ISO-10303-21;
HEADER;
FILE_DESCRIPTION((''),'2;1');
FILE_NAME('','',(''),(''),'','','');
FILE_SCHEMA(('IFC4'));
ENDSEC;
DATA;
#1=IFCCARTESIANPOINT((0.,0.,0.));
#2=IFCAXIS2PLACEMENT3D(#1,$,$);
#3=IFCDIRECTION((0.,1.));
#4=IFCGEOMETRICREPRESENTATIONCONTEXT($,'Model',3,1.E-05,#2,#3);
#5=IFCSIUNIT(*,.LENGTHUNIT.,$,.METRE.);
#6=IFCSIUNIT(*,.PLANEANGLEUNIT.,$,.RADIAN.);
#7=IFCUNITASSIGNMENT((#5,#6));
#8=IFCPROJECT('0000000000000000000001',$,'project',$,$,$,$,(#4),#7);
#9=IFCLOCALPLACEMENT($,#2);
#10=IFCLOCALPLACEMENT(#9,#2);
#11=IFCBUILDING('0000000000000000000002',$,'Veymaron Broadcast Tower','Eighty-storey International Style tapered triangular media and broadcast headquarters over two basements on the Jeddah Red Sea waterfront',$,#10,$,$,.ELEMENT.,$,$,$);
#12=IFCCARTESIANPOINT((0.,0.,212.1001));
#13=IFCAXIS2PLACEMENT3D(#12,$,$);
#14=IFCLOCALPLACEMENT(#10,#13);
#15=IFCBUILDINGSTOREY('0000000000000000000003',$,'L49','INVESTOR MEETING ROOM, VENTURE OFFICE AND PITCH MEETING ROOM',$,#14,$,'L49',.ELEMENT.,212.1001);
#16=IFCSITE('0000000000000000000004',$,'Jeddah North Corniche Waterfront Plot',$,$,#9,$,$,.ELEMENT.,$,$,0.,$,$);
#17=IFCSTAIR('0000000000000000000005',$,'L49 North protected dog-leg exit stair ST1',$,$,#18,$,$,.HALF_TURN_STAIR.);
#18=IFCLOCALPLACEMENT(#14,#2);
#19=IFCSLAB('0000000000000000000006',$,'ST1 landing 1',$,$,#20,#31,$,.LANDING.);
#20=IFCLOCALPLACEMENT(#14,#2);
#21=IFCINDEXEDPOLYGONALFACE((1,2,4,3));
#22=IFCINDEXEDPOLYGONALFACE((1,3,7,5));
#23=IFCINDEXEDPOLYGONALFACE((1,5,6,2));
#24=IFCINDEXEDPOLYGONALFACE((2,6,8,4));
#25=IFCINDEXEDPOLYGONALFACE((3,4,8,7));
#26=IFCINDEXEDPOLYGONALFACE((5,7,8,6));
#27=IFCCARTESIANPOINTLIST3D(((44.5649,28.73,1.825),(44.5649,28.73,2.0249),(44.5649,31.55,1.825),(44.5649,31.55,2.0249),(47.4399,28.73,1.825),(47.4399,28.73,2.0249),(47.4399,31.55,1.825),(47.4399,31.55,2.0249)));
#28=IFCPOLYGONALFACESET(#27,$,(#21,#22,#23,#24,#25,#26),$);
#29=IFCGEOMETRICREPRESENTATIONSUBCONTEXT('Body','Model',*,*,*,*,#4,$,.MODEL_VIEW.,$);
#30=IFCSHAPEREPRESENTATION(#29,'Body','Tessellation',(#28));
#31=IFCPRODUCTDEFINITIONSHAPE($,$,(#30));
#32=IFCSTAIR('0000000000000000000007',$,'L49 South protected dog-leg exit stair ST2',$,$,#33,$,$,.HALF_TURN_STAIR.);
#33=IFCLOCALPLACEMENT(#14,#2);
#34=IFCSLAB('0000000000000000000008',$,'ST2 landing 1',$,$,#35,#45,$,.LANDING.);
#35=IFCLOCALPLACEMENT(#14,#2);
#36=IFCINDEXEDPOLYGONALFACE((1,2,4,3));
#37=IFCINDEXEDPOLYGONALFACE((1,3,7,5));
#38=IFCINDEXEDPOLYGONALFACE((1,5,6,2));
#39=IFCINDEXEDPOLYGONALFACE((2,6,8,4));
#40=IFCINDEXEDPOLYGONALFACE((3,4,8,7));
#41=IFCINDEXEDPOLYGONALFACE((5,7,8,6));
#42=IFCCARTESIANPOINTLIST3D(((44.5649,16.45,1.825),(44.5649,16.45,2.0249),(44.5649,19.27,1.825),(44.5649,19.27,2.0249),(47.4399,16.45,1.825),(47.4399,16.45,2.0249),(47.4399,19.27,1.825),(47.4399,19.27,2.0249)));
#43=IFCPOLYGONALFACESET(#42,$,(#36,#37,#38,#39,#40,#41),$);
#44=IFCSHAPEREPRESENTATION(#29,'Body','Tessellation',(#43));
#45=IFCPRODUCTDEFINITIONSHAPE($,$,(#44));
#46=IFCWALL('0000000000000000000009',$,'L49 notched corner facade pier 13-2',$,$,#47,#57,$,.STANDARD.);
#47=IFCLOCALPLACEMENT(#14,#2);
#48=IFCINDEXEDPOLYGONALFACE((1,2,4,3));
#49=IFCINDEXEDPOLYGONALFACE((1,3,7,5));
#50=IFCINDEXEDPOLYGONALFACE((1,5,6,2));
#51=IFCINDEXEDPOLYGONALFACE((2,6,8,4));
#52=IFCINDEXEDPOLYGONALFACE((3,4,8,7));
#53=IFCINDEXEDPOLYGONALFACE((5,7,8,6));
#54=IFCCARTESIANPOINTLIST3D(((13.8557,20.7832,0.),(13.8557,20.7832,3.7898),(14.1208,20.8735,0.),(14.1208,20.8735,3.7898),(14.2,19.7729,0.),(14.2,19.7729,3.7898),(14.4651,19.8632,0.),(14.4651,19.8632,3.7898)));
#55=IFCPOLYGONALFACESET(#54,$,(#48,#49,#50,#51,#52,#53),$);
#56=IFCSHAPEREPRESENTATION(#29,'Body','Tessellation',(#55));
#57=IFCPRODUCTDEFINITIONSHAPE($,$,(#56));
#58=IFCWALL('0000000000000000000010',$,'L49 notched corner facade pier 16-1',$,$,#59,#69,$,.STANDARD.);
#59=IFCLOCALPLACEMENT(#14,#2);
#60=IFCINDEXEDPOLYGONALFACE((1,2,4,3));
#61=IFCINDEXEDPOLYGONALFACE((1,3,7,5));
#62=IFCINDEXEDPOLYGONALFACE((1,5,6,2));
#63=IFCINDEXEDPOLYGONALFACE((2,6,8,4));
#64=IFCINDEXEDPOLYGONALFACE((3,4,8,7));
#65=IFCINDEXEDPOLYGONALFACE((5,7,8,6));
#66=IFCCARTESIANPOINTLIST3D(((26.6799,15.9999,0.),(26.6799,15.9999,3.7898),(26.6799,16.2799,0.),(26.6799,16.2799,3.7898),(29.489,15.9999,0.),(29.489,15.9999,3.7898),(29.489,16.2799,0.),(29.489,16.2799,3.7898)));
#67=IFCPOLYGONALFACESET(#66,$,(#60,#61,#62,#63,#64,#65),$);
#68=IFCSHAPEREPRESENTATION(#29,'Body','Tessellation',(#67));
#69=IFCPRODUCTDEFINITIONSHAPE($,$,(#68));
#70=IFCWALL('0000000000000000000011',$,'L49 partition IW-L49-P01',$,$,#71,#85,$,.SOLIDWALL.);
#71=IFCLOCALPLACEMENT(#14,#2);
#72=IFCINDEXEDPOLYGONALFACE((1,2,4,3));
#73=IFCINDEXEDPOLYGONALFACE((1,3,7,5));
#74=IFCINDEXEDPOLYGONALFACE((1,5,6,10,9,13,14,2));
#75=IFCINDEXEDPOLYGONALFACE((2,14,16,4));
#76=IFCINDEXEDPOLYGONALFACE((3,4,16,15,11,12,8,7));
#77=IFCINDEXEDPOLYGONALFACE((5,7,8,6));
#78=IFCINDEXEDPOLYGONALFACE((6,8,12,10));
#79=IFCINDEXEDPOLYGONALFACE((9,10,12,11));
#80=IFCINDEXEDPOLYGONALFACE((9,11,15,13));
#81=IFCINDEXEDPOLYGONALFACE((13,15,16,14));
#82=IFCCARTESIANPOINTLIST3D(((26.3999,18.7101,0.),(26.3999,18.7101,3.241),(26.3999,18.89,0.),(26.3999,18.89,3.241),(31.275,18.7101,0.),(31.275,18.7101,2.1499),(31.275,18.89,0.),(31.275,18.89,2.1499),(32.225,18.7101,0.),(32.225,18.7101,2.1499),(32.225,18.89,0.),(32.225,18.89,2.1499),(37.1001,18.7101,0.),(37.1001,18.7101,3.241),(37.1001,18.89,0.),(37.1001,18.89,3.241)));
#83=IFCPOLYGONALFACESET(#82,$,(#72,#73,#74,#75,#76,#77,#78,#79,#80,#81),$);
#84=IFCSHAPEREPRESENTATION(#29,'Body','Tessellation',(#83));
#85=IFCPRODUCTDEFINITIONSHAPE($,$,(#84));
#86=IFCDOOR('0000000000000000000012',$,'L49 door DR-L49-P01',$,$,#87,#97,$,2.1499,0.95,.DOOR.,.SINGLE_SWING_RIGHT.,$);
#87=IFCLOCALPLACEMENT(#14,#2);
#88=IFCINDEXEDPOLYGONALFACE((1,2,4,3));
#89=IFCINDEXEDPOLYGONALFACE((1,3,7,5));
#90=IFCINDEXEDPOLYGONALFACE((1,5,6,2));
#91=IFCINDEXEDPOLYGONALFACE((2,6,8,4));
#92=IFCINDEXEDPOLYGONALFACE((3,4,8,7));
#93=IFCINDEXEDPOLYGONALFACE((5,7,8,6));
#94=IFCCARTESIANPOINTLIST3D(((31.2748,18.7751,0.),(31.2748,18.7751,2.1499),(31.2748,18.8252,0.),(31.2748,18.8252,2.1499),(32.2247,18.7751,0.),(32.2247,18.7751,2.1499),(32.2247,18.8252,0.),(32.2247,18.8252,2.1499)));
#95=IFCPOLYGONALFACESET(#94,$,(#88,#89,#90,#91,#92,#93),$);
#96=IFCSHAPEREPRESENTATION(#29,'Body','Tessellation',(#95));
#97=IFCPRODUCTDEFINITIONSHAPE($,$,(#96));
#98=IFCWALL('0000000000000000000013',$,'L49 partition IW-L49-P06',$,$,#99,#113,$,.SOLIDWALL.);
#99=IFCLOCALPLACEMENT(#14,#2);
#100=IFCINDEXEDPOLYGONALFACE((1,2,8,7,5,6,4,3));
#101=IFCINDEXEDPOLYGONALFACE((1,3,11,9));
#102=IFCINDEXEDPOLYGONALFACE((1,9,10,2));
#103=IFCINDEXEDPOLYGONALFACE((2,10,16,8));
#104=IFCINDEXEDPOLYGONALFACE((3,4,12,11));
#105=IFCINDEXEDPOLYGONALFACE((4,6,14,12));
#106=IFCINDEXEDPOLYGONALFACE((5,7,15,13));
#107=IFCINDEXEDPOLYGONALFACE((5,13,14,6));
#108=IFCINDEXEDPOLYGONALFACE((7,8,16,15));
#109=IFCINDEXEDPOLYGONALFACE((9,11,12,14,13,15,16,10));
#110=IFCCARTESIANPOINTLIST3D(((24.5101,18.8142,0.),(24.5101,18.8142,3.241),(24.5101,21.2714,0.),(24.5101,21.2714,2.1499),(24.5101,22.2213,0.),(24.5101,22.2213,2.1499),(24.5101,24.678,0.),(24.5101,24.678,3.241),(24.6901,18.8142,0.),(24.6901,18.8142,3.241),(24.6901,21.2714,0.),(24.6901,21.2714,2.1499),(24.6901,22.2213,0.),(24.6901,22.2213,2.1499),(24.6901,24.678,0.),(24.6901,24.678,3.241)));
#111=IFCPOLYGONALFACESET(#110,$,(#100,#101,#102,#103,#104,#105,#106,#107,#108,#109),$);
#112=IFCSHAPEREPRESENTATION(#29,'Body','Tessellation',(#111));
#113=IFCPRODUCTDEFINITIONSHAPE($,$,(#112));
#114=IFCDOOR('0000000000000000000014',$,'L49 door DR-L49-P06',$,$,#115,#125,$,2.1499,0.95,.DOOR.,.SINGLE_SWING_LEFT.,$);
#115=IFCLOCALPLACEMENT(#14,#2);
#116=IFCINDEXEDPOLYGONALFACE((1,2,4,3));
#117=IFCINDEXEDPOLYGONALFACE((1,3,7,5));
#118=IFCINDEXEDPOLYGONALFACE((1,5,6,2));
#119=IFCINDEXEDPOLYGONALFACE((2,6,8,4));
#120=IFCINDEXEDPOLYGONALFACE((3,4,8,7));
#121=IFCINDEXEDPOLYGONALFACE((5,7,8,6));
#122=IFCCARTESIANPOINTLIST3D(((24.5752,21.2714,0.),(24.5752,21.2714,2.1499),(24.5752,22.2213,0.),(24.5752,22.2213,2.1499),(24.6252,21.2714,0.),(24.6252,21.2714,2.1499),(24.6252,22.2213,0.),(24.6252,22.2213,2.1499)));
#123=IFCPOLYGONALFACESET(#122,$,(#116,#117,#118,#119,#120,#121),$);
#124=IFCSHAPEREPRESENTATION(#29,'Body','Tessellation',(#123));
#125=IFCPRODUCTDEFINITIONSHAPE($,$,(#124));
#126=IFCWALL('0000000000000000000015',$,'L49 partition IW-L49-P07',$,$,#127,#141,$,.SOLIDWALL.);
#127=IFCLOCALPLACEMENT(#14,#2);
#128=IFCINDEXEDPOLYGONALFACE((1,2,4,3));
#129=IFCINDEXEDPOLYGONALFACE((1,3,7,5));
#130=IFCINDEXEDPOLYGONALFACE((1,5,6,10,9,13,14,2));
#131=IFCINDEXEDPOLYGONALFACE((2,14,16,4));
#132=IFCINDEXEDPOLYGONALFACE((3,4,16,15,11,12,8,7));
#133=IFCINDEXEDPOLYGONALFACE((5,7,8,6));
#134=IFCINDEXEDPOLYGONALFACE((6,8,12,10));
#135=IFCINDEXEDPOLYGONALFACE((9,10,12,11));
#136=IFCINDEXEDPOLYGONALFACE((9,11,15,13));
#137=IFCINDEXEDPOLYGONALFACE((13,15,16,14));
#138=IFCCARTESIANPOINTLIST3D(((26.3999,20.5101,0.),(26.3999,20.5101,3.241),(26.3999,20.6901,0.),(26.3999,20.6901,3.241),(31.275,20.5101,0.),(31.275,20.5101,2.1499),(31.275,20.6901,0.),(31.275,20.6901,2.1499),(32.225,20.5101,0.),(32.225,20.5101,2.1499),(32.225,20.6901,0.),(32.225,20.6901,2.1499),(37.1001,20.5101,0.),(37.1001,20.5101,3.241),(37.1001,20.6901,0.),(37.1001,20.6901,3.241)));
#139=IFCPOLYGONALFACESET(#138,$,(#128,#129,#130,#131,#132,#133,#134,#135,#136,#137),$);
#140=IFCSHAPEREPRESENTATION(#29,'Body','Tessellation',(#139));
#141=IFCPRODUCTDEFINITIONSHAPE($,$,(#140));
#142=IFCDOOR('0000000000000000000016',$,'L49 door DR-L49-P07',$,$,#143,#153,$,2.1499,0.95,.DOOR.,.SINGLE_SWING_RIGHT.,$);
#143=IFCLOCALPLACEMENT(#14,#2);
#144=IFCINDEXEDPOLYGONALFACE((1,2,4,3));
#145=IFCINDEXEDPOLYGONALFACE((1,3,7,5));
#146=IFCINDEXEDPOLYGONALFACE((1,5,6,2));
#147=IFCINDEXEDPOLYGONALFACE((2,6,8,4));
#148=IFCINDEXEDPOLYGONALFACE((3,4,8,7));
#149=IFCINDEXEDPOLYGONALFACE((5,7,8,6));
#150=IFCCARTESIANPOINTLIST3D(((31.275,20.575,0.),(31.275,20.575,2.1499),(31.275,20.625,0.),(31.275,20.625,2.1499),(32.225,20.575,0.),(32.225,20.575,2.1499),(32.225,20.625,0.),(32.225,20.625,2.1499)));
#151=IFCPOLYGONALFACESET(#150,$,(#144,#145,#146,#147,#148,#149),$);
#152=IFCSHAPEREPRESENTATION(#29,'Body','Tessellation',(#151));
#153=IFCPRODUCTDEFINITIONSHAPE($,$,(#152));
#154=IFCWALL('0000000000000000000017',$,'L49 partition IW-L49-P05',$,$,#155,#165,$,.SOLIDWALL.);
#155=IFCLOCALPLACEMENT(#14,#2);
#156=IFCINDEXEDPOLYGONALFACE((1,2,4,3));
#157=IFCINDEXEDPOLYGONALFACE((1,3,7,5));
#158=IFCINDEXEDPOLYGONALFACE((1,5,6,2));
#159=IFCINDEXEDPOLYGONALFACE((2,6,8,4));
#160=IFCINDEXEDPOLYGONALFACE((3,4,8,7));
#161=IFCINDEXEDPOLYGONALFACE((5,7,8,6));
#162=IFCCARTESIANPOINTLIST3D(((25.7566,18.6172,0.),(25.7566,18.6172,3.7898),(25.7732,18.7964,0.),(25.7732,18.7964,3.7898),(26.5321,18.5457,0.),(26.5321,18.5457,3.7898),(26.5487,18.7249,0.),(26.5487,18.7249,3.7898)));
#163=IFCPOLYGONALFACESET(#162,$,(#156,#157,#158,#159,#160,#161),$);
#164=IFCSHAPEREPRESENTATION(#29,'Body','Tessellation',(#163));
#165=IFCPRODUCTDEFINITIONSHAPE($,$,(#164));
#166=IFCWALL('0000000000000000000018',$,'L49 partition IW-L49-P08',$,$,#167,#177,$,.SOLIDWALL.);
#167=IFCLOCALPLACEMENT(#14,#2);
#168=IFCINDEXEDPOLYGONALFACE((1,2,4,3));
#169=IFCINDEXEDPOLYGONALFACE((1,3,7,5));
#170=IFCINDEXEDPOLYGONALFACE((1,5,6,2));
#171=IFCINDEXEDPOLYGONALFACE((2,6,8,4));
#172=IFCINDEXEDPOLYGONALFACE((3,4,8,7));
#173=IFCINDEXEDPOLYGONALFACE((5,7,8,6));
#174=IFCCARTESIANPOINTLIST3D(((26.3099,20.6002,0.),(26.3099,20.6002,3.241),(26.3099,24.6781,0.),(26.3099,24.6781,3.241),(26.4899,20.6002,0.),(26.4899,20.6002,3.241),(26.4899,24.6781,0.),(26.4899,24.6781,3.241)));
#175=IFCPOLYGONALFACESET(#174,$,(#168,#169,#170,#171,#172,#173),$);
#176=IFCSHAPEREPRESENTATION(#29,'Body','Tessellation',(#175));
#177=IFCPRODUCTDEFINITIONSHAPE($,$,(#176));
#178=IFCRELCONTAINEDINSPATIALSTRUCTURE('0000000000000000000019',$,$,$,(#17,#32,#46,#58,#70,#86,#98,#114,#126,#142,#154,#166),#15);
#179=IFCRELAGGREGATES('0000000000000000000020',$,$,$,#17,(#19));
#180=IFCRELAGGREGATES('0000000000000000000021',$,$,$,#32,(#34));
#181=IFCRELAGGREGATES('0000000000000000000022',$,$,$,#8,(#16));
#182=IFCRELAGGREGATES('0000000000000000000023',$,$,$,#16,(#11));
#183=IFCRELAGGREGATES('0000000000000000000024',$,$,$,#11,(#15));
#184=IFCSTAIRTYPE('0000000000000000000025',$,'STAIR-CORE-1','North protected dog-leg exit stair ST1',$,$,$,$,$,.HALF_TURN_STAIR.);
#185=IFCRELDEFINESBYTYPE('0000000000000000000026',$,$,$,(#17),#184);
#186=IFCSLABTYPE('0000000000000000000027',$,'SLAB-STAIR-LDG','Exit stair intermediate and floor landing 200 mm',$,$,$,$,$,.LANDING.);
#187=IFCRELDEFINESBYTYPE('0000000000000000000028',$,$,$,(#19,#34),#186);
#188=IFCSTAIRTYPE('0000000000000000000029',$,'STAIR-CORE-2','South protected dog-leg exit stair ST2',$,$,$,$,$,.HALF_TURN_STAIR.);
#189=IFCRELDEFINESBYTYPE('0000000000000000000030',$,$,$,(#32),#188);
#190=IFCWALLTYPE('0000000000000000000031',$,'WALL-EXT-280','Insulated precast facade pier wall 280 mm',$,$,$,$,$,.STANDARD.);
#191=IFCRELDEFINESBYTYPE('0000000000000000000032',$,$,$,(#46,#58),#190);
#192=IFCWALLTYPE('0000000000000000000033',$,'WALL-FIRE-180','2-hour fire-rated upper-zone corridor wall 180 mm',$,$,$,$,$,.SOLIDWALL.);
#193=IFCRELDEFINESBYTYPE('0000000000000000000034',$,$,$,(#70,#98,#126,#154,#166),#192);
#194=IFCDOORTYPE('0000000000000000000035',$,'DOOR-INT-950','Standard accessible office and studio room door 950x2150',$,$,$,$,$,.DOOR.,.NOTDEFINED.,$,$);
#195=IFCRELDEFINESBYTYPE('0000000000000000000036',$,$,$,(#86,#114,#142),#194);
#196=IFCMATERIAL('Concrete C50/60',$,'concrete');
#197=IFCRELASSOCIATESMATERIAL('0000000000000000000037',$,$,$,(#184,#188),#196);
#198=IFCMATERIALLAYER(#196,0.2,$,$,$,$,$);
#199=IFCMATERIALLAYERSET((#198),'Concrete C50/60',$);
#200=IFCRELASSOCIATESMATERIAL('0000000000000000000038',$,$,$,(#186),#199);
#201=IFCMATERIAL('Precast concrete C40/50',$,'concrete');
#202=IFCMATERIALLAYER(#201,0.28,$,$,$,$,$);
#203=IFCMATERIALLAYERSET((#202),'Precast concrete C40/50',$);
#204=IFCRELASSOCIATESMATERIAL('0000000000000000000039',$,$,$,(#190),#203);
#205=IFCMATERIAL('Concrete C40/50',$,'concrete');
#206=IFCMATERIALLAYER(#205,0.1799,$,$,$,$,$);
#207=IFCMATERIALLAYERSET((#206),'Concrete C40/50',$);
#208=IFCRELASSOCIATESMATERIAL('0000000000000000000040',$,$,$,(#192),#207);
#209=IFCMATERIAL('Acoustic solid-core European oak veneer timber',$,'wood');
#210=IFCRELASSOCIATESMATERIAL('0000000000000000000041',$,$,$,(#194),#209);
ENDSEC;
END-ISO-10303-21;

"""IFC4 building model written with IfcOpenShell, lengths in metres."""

from ifc_helpers import new_model, si_unit, direction, frame, frame_2d, origin, place, context, subcontext, project, spatial, polyline, rectangle, outline, extrude, material, layer, layer_set, type_object, element, fill, aggregate, save


model = new_model("IFC4")

# Units and contexts
model_context = context("Model", 3, precision=1e-05, world=origin(), true_north=direction((0.0, 1.0)))
body_context = subcontext(model_context, "Body", "Model", "MODEL_VIEW")
ifc_project = project(units=[si_unit("LENGTHUNIT", "METRE"), si_unit("PLANEANGLEUNIT", "RADIAN")], contexts=[model_context])

# Site, building, storey
site_placement = place(None, origin())
site = spatial("IfcSite", under=ifc_project, at=site_placement, Name="Jeddah North Corniche Waterfront Plot", CompositionType="ELEMENT", RefElevation=0.0)
building_placement = place(site_placement, origin())
building = spatial("IfcBuilding", under=site, at=building_placement, Name="Veymaron Broadcast Tower", Description="Eighty-storey International Style tapered triangular media and broadcast headquarters over two basements on the Jeddah Red Sea waterfront", CompositionType="ELEMENT")
storey_placement = place(building_placement, frame((0.0, 0.0, 212.1001)))
storey = spatial("IfcBuildingStorey", under=building, at=storey_placement, Name="L49", Description="INVESTOR MEETING ROOM, VENTURE OFFICE AND PITCH MEETING ROOM", LongName="L49", CompositionType="ELEMENT", Elevation=212.1001)

# Shared definitions
ifc_material_1 = material(Name="Concrete C40/50", Category="concrete")

# Stairs, slabs
ifc_material_2 = material(Name="Concrete C50/60", Category="concrete")
stair_type_1 = type_object("IfcStairType", Name="STAIR-CORE-1", Description="North protected dog-leg exit stair ST1", PredefinedType="HALF_TURN_STAIR", material=ifc_material_2)
stair_1_placement = place(storey_placement, origin())
stair_1 = element("IfcStair", 1, at=stair_1_placement, inside=storey, type_object=stair_type_1, Name="L49 North protected dog-leg exit stair ST1", PredefinedType="HALF_TURN_STAIR")
ifc_layer_1 = layer(ifc_material_2, 0.2)
ifc_layer_set_1 = layer_set([ifc_layer_1], Name="Concrete C50/60")
slab_type_1 = type_object("IfcSlabType", Name="SLAB-STAIR-LDG", Description="Exit stair intermediate and floor landing 200 mm", PredefinedType="LANDING", material=ifc_layer_set_1)
slab_1_placement = place(storey_placement, frame((0.0, 0.0, 1.825)))
slab_1 = element("IfcSlab", 2, at=slab_1_placement, type_object=slab_type_1, Name="ST1 landing 1", PredefinedType="LANDING", context=body_context, shape_type="SweptSolid", body=[
    extrude(outline(polyline([(44.5649, 28.73), (47.4399, 28.73), (47.4399, 31.55), (44.5649, 31.55), (44.5649, 28.73)])), origin(), (0.0, 0.0, 1.0), 0.2),
])
aggregate(stair_1, [slab_1])
stair_type_2 = type_object("IfcStairType", Name="STAIR-CORE-2", Description="South protected dog-leg exit stair ST2", PredefinedType="HALF_TURN_STAIR", material=ifc_material_2)
stair_2_placement = place(storey_placement, origin())
stair_2 = element("IfcStair", 3, at=stair_2_placement, inside=storey, type_object=stair_type_2, Name="L49 South protected dog-leg exit stair ST2", PredefinedType="HALF_TURN_STAIR")
slab_2_placement = place(storey_placement, frame((0.0, 0.0, 1.825)))
slab_2 = element("IfcSlab", 4, at=slab_2_placement, type_object=slab_type_1, Name="ST2 landing 1", PredefinedType="LANDING", context=body_context, shape_type="SweptSolid", body=[
    extrude(outline(polyline([(44.5649, 16.45), (47.4399, 16.45), (47.4399, 19.27), (44.5649, 19.27), (44.5649, 16.45)])), origin(), (0.0, 0.0, 1.0), 0.2),
])
aggregate(stair_2, [slab_2])

# Walls
ifc_material_3 = material(Name="Precast concrete C40/50", Category="concrete")
ifc_layer_2 = layer(ifc_material_3, 0.28)
ifc_layer_set_2 = layer_set([ifc_layer_2], Name="Precast concrete C40/50")
wall_type_1 = type_object("IfcWallType", Name="WALL-EXT-280", Description="Insulated precast facade pier wall 280 mm", PredefinedType="STANDARD", material=ifc_layer_set_2)
wall_1_placement = place(storey_placement, frame((13.9883, 20.8284, 0.0), z_axis=(0.0, 0.0, 1.0), x_axis=(0.322534, -0.946558, 0.0)))
element("IfcWall", 5, at=wall_1_placement, inside=storey, type_object=wall_type_1, Name="L49 notched corner facade pier 13-2", PredefinedType="STANDARD", context=body_context, shape_type="SweptSolid", body=[
    extrude(rectangle(XDim=1.0674, YDim=0.28, at=frame_2d((0.5337, 0.0))), origin(), (0.0, 0.0, 1.0), 3.7898),
])
wall_2_placement = place(storey_placement, frame((26.6799, 16.1399, 0.0), z_axis=(0.0, 0.0, 1.0), x_axis=(1.0, 0.0, 0.0)))
element("IfcWall", 6, at=wall_2_placement, inside=storey, type_object=wall_type_1, Name="L49 notched corner facade pier 16-1", PredefinedType="STANDARD", context=body_context, shape_type="SweptSolid", body=[
    extrude(rectangle(XDim=2.8091, YDim=0.28, at=frame_2d((1.4045, 0.0))), origin(), (0.0, 0.0, 1.0), 3.7898),
])

# Walls, openings, doors
ifc_layer_3 = layer(ifc_material_1, 0.1799)
ifc_layer_set_3 = layer_set([ifc_layer_3], Name="Concrete C40/50")
wall_type_2 = type_object("IfcWallType", Name="WALL-FIRE-180", Description="2-hour fire-rated upper-zone corridor wall 180 mm", PredefinedType="SOLIDWALL", material=ifc_layer_set_3)
wall_3_placement = place(storey_placement, frame((26.3999, 18.8, 0.0), z_axis=(0.0, 0.0, 1.0), x_axis=(1.0, 0.0, 0.0)))
wall_3 = element("IfcWall", 7, at=wall_3_placement, inside=storey, type_object=wall_type_2, Name="L49 partition IW-L49-P01", PredefinedType="SOLIDWALL", context=body_context, shape_type="SweptSolid", body=[
    extrude(rectangle(XDim=10.7002, YDim=0.1799, at=frame_2d((5.3501, 0.0))), origin(), (0.0, 0.0, 1.0), 3.241),
])
opening_1_placement = place(wall_3_placement, frame((4.875, 0.0, 0.0)))
opening_1 = element("IfcOpeningElement", 8, at=opening_1_placement, cuts=wall_3, PredefinedType="OPENING", context=body_context, shape_type="SweptSolid", body=[
    extrude(rectangle(XDim=0.95, YDim=2.1499, at=frame_2d((0.4751, 1.075))), frame((0.0, 0.1001, 0.0), z_axis=(0.0, -1.0, 0.0), x_axis=(1.0, 0.0, 0.0)), (0.0, 0.0, 1.0), 0.2),
])
ifc_material_4 = material(Name="Acoustic solid-core European oak veneer timber", Category="wood")
door_type = type_object("IfcDoorType", Name="DOOR-INT-950", Description="Standard accessible office and studio room door 950x2150", OperationType="NOTDEFINED", PredefinedType="DOOR", material=ifc_material_4)
door_1_placement = place(opening_1_placement, frame((0.95, 0.0, 0.0), z_axis=(0.0, 0.0, 1.0), x_axis=(-1.0, 0.0, 0.0)))
door_1 = element("IfcDoor", 9, at=door_1_placement, inside=storey, type_object=door_type, Name="L49 door DR-L49-P01", OperationType="SINGLE_SWING_RIGHT", OverallHeight=2.1499, OverallWidth=0.95, PredefinedType="DOOR", context=body_context, shape_type="SweptSolid", body=[
    extrude(rectangle(XDim=0.95, YDim=2.1499, at=frame_2d((0.4751, 1.075))), frame((0.0, 0.0249, 0.0), z_axis=(0.0, -1.0, 0.0), x_axis=(1.0, 0.0, 0.0)), (0.0, 0.0, 1.0), 0.05),
])
fill(opening_1, door_1)
wall_4_placement = place(storey_placement, frame((24.6001, 18.8142, 0.0), z_axis=(0.0, 0.0, 1.0), x_axis=(0.0, 1.0, 0.0)))
wall_4 = element("IfcWall", 10, at=wall_4_placement, inside=storey, type_object=wall_type_2, Name="L49 partition IW-L49-P06", PredefinedType="SOLIDWALL", context=body_context, shape_type="SweptSolid", body=[
    extrude(rectangle(XDim=5.8638, YDim=0.1799, at=frame_2d((2.9319, 0.0))), origin(), (0.0, 0.0, 1.0), 3.241),
])
opening_2_placement = place(wall_4_placement, frame((2.457, 0.0, 0.0)))
opening_2 = element("IfcOpeningElement", 11, at=opening_2_placement, cuts=wall_4, PredefinedType="OPENING", context=body_context, shape_type="SweptSolid", body=[
    extrude(rectangle(XDim=0.95, YDim=2.1499, at=frame_2d((0.4751, 1.075))), frame((0.0, 0.1001, 0.0), z_axis=(0.0, -1.0, 0.0), x_axis=(1.0, 0.0, 0.0)), (0.0, 0.0, 1.0), 0.2),
])
door_2_placement = place(opening_2_placement, origin())
door_2 = element("IfcDoor", 12, at=door_2_placement, inside=storey, type_object=door_type, Name="L49 door DR-L49-P06", OperationType="SINGLE_SWING_LEFT", OverallHeight=2.1499, OverallWidth=0.95, PredefinedType="DOOR", context=body_context, shape_type="SweptSolid", body=[
    extrude(rectangle(XDim=0.95, YDim=2.1499, at=frame_2d((0.4751, 1.075))), frame((0.0, 0.0249, 0.0), z_axis=(0.0, -1.0, 0.0), x_axis=(1.0, 0.0, 0.0)), (0.0, 0.0, 1.0), 0.05),
])
fill(opening_2, door_2)
wall_5_placement = place(storey_placement, frame((26.3999, 20.6001, 0.0), z_axis=(0.0, 0.0, 1.0), x_axis=(1.0, 0.0, 0.0)))
wall_5 = element("IfcWall", 13, at=wall_5_placement, inside=storey, type_object=wall_type_2, Name="L49 partition IW-L49-P07", PredefinedType="SOLIDWALL", context=body_context, shape_type="SweptSolid", body=[
    extrude(rectangle(XDim=10.7002, YDim=0.1799, at=frame_2d((5.3501, 0.0))), origin(), (0.0, 0.0, 1.0), 3.241),
])
opening_3_placement = place(wall_5_placement, frame((4.875, 0.0, 0.0)))
opening_3 = element("IfcOpeningElement", 14, at=opening_3_placement, cuts=wall_5, PredefinedType="OPENING", context=body_context, shape_type="SweptSolid", body=[
    extrude(rectangle(XDim=0.95, YDim=2.1499, at=frame_2d((0.4751, 1.075))), frame((0.0, 0.1001, 0.0), z_axis=(0.0, -1.0, 0.0), x_axis=(1.0, 0.0, 0.0)), (0.0, 0.0, 1.0), 0.2),
])
door_3_placement = place(opening_3_placement, origin())
door_3 = element("IfcDoor", 15, at=door_3_placement, inside=storey, type_object=door_type, Name="L49 door DR-L49-P07", OperationType="SINGLE_SWING_RIGHT", OverallHeight=2.1499, OverallWidth=0.95, PredefinedType="DOOR", context=body_context, shape_type="SweptSolid", body=[
    extrude(rectangle(XDim=0.95, YDim=2.1499, at=frame_2d((0.4751, 1.075))), frame((0.0, 0.0249, 0.0), z_axis=(0.0, -1.0, 0.0), x_axis=(1.0, 0.0, 0.0)), (0.0, 0.0, 1.0), 0.05),
])
fill(opening_3, door_3)

# Walls
wall_6_placement = place(storey_placement, frame((25.7649, 18.7068, 0.0), z_axis=(0.0, 0.0, 1.0), x_axis=(0.995774, -0.091836, 0.0)))
element("IfcWall", 16, at=wall_6_placement, inside=storey, type_object=wall_type_2, Name="L49 partition IW-L49-P05", PredefinedType="SOLIDWALL", context=body_context, shape_type="SweptSolid", body=[
    extrude(rectangle(XDim=0.7788, YDim=0.1799, at=frame_2d((0.3894, 0.0))), origin(), (0.0, 0.0, 1.0), 3.7898),
])
wall_7_placement = place(storey_placement, frame((26.3999, 20.6001, 0.0), z_axis=(0.0, 0.0, 1.0), x_axis=(0.0, 1.0, 0.0)))
element("IfcWall", 17, at=wall_7_placement, inside=storey, type_object=wall_type_2, Name="L49 partition IW-L49-P08", PredefinedType="SOLIDWALL", context=body_context, shape_type="SweptSolid", body=[
    extrude(rectangle(XDim=4.0779, YDim=0.1799, at=frame_2d((2.0391, 0.0))), origin(), (0.0, 0.0, 1.0), 3.241),
])

save(model, "model.ifc")
